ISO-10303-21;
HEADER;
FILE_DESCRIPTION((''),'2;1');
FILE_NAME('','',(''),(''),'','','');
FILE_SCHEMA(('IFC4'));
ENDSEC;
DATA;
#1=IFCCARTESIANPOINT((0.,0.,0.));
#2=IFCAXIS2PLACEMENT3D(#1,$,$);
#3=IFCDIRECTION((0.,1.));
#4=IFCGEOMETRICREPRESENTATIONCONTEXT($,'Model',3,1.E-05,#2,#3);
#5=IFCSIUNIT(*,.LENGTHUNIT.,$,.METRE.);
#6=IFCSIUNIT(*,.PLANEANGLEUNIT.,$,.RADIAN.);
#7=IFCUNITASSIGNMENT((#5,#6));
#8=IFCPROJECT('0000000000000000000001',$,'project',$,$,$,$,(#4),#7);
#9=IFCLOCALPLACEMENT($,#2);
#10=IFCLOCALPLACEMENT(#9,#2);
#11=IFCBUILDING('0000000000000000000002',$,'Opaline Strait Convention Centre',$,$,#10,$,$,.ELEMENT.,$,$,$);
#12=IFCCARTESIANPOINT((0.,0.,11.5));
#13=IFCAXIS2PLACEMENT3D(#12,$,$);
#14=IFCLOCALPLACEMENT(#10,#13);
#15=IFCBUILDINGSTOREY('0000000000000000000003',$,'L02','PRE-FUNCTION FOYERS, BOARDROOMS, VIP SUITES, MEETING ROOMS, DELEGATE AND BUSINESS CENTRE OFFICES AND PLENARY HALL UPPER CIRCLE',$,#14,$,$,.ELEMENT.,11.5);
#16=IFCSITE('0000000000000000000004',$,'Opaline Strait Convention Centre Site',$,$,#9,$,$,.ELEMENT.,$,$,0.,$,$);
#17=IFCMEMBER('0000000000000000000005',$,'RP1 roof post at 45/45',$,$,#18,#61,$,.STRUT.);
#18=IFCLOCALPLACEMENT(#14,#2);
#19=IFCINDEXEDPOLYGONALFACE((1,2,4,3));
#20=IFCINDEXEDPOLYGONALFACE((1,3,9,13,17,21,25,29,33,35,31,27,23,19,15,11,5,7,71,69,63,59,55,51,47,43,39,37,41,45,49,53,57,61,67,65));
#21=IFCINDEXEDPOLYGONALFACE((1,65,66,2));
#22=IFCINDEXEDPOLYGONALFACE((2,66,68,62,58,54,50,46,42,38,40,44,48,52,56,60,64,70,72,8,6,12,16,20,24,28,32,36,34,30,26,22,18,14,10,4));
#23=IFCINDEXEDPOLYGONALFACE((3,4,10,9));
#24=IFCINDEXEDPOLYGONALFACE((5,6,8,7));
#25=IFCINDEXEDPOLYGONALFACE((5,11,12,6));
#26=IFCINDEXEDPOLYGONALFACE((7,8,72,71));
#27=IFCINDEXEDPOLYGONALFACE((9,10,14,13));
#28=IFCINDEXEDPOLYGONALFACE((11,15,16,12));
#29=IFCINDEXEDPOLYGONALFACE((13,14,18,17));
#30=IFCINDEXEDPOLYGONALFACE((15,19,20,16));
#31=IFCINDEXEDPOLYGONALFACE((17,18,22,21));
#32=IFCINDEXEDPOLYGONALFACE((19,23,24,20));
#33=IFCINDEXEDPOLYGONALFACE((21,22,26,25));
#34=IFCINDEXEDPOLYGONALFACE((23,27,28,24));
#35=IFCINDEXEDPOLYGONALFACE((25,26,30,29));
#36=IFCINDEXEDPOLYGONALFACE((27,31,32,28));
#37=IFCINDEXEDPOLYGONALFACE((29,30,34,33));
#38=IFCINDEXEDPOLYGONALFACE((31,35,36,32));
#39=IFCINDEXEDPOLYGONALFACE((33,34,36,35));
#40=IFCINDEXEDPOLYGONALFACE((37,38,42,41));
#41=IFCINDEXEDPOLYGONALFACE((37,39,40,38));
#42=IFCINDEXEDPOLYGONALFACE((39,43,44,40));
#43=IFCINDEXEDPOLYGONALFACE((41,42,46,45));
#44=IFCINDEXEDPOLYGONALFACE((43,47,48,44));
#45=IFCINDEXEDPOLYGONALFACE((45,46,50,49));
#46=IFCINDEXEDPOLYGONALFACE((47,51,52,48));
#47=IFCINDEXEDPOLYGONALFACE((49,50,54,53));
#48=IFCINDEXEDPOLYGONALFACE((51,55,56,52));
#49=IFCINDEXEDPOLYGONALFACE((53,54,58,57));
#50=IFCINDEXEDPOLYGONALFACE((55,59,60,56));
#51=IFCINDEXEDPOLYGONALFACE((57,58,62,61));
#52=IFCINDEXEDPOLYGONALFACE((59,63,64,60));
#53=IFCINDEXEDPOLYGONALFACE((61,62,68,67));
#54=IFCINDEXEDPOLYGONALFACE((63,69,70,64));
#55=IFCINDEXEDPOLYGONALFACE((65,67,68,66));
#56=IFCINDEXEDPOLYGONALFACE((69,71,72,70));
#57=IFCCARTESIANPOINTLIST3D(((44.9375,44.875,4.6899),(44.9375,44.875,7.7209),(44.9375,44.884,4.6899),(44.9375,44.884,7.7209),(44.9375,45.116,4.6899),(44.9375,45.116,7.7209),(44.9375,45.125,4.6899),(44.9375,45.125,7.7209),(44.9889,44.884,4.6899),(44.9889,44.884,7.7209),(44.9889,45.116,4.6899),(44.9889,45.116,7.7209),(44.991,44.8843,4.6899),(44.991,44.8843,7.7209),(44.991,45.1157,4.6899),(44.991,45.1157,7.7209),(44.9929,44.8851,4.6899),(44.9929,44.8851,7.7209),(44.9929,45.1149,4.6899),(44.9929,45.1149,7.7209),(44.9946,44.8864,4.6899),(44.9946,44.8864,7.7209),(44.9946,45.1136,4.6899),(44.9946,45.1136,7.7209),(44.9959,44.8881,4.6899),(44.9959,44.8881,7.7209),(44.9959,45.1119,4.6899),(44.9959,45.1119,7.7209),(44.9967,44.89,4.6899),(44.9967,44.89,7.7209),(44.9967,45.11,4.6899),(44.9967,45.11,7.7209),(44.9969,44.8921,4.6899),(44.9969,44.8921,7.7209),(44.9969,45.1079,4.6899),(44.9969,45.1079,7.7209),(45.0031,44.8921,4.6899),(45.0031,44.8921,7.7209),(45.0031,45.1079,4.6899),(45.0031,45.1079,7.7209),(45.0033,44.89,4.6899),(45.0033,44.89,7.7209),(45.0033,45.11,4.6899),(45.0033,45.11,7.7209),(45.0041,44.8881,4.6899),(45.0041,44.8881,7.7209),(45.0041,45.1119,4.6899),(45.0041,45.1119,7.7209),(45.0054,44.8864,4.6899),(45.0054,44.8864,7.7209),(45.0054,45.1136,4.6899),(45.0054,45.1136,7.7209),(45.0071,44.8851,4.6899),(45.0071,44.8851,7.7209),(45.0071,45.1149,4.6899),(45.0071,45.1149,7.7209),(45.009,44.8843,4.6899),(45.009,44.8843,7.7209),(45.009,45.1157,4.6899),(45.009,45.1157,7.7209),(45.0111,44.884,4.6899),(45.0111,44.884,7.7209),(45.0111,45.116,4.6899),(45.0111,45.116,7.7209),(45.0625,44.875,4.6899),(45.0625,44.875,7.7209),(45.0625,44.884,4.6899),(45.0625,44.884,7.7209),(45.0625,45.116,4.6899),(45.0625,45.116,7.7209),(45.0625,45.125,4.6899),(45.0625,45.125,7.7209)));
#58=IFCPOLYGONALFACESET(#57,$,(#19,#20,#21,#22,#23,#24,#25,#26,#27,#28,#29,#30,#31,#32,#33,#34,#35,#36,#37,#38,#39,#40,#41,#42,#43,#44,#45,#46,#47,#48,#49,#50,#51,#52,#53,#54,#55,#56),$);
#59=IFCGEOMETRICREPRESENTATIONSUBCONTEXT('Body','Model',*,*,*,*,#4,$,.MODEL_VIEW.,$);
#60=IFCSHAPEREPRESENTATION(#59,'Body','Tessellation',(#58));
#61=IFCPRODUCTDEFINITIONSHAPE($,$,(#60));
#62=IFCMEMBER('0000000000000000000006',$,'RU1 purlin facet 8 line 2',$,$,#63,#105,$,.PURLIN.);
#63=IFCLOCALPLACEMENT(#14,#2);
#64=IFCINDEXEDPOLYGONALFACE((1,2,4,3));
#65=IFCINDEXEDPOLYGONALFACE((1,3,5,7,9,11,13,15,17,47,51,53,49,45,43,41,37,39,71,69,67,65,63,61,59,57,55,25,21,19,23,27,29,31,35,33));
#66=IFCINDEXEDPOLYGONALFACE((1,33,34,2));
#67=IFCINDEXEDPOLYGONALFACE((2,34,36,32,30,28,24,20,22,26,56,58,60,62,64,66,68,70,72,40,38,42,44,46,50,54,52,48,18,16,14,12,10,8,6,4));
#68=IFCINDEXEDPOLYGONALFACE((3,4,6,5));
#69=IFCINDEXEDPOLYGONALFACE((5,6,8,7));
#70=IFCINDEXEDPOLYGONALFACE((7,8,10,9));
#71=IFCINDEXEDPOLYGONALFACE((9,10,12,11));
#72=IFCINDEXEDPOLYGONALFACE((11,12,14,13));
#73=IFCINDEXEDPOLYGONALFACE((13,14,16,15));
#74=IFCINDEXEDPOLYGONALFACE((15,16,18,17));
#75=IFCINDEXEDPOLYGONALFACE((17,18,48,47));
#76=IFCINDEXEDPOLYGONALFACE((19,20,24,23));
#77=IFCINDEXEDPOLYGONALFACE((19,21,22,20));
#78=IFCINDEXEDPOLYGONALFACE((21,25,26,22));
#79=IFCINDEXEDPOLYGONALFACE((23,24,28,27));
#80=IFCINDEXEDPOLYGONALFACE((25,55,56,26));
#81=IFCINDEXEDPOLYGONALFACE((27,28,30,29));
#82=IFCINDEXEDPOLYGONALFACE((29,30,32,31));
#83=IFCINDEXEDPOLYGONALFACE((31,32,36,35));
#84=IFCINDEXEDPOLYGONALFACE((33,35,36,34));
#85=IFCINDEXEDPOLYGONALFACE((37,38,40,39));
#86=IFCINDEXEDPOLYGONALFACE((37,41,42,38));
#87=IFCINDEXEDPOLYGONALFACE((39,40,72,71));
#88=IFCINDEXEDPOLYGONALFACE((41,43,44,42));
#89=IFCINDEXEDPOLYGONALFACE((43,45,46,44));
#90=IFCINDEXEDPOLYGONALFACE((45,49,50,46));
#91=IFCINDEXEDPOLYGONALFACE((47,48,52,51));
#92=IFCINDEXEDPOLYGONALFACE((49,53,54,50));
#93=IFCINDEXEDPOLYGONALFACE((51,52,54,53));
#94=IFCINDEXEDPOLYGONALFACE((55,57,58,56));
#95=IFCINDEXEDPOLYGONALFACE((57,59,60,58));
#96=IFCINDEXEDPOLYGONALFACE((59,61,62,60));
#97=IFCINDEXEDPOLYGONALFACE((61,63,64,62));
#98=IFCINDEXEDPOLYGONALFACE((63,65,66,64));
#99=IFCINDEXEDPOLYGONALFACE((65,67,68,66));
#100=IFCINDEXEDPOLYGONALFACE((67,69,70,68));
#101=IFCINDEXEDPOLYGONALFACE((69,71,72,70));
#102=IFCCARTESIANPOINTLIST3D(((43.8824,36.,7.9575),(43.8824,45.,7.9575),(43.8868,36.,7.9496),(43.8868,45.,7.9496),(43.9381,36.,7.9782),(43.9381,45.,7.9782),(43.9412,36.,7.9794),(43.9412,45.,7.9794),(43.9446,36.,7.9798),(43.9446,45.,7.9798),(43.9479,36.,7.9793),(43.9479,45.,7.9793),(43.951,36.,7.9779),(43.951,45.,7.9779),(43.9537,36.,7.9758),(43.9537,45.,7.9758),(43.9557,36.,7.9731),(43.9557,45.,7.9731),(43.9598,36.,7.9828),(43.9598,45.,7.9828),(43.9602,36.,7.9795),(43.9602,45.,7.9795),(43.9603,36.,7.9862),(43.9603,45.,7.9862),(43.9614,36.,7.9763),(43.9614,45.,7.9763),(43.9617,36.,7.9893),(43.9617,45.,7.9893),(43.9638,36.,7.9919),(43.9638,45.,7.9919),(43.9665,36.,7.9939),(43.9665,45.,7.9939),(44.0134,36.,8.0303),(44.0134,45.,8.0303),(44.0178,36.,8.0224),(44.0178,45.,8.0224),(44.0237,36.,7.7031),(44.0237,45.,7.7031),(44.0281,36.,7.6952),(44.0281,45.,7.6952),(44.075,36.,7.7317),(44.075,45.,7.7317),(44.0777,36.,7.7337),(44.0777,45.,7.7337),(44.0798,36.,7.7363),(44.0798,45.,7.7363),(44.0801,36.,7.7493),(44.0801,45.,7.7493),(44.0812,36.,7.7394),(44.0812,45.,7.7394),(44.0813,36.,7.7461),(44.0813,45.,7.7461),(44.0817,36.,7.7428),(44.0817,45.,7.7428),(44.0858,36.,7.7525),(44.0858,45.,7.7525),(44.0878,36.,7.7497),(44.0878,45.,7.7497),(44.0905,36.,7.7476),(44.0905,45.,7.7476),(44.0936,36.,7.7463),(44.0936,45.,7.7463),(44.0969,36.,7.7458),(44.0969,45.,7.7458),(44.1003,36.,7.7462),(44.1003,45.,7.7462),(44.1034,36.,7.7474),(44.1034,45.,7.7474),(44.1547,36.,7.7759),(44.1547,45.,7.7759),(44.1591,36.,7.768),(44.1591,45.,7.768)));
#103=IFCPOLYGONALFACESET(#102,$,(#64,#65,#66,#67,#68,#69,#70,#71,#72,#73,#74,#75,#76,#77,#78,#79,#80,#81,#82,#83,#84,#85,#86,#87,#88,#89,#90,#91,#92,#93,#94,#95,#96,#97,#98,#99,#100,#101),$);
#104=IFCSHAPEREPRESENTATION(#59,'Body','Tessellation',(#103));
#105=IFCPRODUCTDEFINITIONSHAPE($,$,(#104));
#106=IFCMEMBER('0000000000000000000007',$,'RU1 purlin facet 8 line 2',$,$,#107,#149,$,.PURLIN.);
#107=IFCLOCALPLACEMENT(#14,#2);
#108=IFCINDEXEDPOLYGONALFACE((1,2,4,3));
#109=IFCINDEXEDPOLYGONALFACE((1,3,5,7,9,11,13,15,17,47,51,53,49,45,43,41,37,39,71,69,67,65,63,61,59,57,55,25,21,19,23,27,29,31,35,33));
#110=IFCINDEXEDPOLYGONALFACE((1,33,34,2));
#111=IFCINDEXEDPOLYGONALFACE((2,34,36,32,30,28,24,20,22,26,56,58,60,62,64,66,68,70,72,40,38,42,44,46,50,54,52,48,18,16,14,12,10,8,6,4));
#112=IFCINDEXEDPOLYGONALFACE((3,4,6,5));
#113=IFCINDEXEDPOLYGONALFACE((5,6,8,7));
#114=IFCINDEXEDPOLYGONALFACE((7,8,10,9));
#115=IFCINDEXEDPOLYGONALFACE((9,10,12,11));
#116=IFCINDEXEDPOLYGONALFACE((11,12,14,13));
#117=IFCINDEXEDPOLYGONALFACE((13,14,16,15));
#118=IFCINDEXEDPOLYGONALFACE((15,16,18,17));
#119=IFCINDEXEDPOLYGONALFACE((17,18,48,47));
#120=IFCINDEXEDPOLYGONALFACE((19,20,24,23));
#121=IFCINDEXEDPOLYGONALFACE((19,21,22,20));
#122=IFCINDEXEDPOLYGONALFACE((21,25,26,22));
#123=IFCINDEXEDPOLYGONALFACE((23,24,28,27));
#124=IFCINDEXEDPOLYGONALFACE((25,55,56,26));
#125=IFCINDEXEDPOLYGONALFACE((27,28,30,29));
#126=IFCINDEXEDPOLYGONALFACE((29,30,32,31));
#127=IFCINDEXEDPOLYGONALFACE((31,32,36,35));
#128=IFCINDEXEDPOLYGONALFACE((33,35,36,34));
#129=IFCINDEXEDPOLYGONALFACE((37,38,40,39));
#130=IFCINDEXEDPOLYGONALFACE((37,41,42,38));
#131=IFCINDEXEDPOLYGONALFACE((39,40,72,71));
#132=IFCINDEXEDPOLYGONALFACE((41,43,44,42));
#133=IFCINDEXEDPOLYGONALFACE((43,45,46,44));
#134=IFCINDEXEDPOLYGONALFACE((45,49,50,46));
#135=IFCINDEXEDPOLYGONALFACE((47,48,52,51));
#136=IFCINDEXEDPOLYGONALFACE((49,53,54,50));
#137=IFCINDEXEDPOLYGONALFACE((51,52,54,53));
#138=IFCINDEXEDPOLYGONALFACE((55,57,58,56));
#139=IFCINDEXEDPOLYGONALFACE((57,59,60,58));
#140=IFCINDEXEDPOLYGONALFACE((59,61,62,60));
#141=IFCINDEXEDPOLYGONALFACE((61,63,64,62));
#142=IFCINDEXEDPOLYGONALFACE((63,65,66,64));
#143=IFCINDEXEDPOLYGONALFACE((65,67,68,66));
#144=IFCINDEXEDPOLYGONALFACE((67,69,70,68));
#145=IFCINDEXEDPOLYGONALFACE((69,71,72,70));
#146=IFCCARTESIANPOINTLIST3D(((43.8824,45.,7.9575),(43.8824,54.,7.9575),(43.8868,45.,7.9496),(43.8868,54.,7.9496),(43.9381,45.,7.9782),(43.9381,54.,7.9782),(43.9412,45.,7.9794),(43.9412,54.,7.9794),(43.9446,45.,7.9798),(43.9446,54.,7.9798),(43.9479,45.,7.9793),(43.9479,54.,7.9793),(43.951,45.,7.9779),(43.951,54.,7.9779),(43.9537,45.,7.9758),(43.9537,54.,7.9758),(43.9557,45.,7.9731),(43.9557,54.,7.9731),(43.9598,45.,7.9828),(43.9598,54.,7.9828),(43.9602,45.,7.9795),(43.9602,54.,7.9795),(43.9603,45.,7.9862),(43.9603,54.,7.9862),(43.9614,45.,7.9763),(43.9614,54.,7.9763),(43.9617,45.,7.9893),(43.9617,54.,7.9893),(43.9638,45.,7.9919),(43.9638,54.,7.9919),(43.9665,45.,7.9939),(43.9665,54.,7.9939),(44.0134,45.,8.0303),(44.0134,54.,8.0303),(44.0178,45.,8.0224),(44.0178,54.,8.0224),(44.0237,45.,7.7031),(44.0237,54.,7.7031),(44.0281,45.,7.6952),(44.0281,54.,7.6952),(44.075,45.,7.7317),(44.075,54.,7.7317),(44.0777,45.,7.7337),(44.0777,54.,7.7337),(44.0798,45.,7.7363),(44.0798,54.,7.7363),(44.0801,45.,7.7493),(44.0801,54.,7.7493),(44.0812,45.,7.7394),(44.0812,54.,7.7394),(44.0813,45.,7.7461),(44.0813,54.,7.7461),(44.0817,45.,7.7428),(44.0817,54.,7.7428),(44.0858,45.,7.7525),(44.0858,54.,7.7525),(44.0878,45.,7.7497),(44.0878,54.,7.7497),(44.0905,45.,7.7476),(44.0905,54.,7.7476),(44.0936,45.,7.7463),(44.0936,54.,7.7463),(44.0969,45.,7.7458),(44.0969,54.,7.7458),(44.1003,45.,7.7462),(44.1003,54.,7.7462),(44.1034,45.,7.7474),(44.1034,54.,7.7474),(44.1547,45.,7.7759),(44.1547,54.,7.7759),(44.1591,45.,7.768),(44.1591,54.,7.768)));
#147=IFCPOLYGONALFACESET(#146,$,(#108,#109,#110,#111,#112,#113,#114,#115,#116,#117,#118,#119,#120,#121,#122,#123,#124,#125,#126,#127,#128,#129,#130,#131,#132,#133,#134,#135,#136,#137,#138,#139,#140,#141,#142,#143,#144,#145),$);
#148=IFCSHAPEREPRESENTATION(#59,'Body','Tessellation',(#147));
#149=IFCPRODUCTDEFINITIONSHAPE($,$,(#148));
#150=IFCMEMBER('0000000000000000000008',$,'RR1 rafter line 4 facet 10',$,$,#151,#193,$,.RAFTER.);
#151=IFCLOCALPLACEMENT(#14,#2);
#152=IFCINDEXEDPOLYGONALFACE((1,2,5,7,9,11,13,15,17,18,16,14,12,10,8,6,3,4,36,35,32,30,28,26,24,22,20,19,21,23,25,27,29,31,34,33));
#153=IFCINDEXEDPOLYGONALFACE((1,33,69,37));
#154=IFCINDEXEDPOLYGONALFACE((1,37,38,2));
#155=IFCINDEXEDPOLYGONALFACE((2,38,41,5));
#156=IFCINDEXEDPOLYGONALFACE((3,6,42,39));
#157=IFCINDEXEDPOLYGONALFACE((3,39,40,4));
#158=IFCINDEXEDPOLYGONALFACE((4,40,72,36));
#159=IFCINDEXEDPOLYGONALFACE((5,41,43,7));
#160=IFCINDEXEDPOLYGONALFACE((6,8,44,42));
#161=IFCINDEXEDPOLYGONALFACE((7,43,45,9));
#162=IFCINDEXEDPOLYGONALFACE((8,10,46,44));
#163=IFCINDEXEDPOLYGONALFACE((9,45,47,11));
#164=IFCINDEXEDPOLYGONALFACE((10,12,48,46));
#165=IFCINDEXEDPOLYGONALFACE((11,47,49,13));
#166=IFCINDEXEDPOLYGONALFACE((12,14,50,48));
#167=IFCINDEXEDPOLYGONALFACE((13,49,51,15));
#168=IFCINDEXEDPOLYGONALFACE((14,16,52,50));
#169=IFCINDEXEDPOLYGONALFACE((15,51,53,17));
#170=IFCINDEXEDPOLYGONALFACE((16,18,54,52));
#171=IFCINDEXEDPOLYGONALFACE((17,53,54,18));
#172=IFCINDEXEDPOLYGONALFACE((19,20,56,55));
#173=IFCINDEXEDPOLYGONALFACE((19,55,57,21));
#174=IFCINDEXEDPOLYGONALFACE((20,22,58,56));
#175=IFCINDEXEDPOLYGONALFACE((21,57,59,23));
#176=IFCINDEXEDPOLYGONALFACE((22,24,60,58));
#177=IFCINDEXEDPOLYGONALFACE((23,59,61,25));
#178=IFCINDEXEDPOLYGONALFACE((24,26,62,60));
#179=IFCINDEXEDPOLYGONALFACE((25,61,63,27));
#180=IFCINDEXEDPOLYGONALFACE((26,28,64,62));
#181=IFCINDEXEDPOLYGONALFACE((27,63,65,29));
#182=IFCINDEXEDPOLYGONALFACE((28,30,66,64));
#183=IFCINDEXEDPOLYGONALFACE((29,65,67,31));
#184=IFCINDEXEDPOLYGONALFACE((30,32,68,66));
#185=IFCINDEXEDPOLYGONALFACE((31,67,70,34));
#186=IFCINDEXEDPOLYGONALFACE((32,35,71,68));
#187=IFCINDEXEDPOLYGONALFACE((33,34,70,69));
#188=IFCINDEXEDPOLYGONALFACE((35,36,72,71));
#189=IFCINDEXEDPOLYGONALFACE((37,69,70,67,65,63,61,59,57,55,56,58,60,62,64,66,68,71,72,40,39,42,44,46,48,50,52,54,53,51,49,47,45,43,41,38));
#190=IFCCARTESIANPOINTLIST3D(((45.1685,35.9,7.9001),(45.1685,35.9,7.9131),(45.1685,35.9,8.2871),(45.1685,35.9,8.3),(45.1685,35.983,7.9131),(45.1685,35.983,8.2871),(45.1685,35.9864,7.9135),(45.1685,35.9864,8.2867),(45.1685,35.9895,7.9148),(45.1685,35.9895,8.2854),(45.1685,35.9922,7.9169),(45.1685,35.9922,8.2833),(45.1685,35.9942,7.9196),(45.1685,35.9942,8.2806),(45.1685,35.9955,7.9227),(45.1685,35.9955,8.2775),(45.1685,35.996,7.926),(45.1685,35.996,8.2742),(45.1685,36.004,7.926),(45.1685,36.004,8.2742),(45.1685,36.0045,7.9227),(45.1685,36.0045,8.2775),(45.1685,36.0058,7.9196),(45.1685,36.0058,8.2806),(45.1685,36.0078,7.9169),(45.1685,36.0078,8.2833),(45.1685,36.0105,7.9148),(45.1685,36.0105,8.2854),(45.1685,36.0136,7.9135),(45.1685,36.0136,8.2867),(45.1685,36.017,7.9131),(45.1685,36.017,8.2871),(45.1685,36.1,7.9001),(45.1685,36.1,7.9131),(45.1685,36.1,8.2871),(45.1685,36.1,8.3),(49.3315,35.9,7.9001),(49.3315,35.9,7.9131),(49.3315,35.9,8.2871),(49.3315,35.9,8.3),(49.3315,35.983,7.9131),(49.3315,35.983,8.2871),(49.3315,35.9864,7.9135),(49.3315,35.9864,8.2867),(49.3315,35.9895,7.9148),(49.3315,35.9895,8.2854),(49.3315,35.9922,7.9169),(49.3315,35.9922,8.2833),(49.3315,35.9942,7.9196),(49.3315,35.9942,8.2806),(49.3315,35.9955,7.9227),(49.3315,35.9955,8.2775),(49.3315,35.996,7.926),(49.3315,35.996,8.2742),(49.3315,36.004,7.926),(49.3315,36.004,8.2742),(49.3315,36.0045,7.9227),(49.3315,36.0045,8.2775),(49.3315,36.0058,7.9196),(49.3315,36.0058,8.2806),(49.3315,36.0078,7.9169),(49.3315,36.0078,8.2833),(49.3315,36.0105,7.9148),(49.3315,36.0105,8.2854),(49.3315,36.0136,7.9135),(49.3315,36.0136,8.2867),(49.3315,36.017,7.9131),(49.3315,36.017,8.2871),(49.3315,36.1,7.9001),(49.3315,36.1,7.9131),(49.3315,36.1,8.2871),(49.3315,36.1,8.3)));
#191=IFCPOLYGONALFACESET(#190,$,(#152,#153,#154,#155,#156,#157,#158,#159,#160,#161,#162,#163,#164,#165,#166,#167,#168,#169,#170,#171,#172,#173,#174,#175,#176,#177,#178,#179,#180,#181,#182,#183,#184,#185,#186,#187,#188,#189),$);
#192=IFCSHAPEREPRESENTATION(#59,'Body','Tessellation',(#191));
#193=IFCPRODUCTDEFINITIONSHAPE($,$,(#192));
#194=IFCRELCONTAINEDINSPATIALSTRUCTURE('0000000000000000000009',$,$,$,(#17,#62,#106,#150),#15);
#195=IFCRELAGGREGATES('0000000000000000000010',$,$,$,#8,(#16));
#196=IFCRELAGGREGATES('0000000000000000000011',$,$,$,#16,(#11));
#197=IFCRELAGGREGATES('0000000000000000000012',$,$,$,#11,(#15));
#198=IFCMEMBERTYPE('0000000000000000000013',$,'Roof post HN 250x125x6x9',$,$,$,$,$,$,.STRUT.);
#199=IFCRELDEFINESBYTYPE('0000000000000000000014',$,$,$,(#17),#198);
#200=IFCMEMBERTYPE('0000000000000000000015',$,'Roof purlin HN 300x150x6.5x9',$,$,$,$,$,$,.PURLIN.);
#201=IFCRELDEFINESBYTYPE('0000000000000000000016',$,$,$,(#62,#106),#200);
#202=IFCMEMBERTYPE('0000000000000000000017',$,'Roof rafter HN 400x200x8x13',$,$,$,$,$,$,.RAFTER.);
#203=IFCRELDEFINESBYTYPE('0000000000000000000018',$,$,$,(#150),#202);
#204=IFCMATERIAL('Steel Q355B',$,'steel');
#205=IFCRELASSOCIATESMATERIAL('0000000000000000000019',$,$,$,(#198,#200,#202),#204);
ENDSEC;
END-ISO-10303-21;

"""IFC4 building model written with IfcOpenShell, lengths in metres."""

from ifc_helpers import new_model, si_unit, direction, frame, origin, origin_2d, place, context, subcontext, project, spatial, i_section, extrude, material, material_profile, profile_set, type_object, element, save


model = new_model("IFC4")

# Units and contexts
model_context = context("Model", 3, precision=1e-05, world=origin(), true_north=direction((0.0, 1.0)))
body_context = subcontext(model_context, "Body", "Model", "MODEL_VIEW")
ifc_project = project(units=[si_unit("LENGTHUNIT", "METRE"), si_unit("PLANEANGLEUNIT", "RADIAN")], contexts=[model_context])

# Site, building, storey
site_placement = place(None, origin())
site = spatial("IfcSite", under=ifc_project, at=site_placement, Name="Opaline Strait Convention Centre Site", CompositionType="ELEMENT", RefElevation=0.0)
building_placement = place(site_placement, origin())
building = spatial("IfcBuilding", under=site, at=building_placement, Name="Opaline Strait Convention Centre", CompositionType="ELEMENT")
storey_placement = place(building_placement, frame((0.0, 0.0, 11.5)))
storey = spatial("IfcBuildingStorey", under=building, at=storey_placement, Name="L02", Description="PRE-FUNCTION FOYERS, BOARDROOMS, VIP SUITES, MEETING ROOMS, DELEGATE AND BUSINESS CENTRE OFFICES AND PLENARY HALL UPPER CIRCLE", CompositionType="ELEMENT", Elevation=11.5)

# Members
ifc_material_1 = material(Name="Steel Q355B", Category="steel")
ifc_material_profile_1 = material_profile(ifc_material_1, i_section(OverallWidth=0.125, OverallDepth=0.25, WebThickness=0.0061, FlangeThickness=0.009, FilletRadius=0.0081, at=origin_2d()), Name="HN 250x125x6x9")
ifc_profile_set_1 = profile_set([ifc_material_profile_1], Name="Steel Q355B")
member_type_1 = type_object("IfcMemberType", Name="Roof post HN 250x125x6x9", PredefinedType="STRUT", material=ifc_profile_set_1)
for number, where, z_axis, x_axis, name in (
    (1, (45.0, 45.0, 4.6899), (0.0, 0.0, 1.0), (1.0, 0.0, 0.0), "RP1 roof post at 45/45"),
):
    element("IfcMember", number, at=place(storey_placement, frame(where, z_axis=z_axis, x_axis=x_axis)), inside=storey, type_object=member_type_1, Name=name, PredefinedType="STRUT", context=body_context, shape_type="SweptSolid", body=[
        extrude(i_section(OverallWidth=0.125, OverallDepth=0.25, WebThickness=0.0061, FlangeThickness=0.009, FilletRadius=0.0081, at=origin_2d()), origin(), (0.0, 0.0, 1.0), 3.031),
    ])
ifc_material_profile_2 = material_profile(ifc_material_1, i_section(OverallWidth=0.1499, OverallDepth=0.3, WebThickness=0.0066, FlangeThickness=0.009, FilletRadius=0.0129, at=origin_2d()), Name="HN 300x150x6.5x9")
ifc_profile_set_2 = profile_set([ifc_material_profile_2], Name="Steel Q355B")
member_type_2 = type_object("IfcMemberType", Name="Roof purlin HN 300x150x6.5x9", PredefinedType="PURLIN", material=ifc_profile_set_2)
for number, where, z_axis, x_axis, name in (
    (2, (44.0208, 36.0, 7.8628), (0.0, 1.0, 0.0), (-0.874157, 0.0, -0.485643), "RU1 purlin facet 8 line 2"),
    (3, (44.0208, 45.0, 7.8628), (0.0, 1.0, 0.0), (-0.874157, 0.0, -0.485643), "RU1 purlin facet 8 line 2"),
):
    element("IfcMember", number, at=place(storey_placement, frame(where, z_axis=z_axis, x_axis=x_axis)), inside=storey, type_object=member_type_2, Name=name, PredefinedType="PURLIN", context=body_context, shape_type="SweptSolid", body=[
        extrude(i_section(OverallWidth=0.1499, OverallDepth=0.3, WebThickness=0.0066, FlangeThickness=0.009, FilletRadius=0.0129, at=origin_2d()), origin(), (0.0, 0.0, 1.0), 9.0),
    ])
ifc_material_profile_3 = material_profile(ifc_material_1, i_section(OverallWidth=0.2, OverallDepth=0.3999, WebThickness=0.0081, FlangeThickness=0.0129, FilletRadius=0.0129, at=origin_2d()), Name="HN 400x200x8x13")
ifc_profile_set_3 = profile_set([ifc_material_profile_3], Name="Steel Q355B")
member_type_3 = type_object("IfcMemberType", Name="Roof rafter HN 400x200x8x13", PredefinedType="RAFTER", material=ifc_profile_set_3)
for number, where, z_axis, x_axis, name in (
    (4, (45.1685, 36.0, 8.1001), (1.0, 0.0, 0.0), (0.0, 1.0, 0.0), "RR1 rafter line 4 facet 10"),
):
    element("IfcMember", number, at=place(storey_placement, frame(where, z_axis=z_axis, x_axis=x_axis)), inside=storey, type_object=member_type_3, Name=name, PredefinedType="RAFTER", context=body_context, shape_type="SweptSolid", body=[
        extrude(i_section(OverallWidth=0.2, OverallDepth=0.3999, WebThickness=0.0081, FlangeThickness=0.0129, FilletRadius=0.0129, at=origin_2d()), origin(), (0.0, 0.0, 1.0), 4.1631),
    ])

save(model, "model.ifc")
